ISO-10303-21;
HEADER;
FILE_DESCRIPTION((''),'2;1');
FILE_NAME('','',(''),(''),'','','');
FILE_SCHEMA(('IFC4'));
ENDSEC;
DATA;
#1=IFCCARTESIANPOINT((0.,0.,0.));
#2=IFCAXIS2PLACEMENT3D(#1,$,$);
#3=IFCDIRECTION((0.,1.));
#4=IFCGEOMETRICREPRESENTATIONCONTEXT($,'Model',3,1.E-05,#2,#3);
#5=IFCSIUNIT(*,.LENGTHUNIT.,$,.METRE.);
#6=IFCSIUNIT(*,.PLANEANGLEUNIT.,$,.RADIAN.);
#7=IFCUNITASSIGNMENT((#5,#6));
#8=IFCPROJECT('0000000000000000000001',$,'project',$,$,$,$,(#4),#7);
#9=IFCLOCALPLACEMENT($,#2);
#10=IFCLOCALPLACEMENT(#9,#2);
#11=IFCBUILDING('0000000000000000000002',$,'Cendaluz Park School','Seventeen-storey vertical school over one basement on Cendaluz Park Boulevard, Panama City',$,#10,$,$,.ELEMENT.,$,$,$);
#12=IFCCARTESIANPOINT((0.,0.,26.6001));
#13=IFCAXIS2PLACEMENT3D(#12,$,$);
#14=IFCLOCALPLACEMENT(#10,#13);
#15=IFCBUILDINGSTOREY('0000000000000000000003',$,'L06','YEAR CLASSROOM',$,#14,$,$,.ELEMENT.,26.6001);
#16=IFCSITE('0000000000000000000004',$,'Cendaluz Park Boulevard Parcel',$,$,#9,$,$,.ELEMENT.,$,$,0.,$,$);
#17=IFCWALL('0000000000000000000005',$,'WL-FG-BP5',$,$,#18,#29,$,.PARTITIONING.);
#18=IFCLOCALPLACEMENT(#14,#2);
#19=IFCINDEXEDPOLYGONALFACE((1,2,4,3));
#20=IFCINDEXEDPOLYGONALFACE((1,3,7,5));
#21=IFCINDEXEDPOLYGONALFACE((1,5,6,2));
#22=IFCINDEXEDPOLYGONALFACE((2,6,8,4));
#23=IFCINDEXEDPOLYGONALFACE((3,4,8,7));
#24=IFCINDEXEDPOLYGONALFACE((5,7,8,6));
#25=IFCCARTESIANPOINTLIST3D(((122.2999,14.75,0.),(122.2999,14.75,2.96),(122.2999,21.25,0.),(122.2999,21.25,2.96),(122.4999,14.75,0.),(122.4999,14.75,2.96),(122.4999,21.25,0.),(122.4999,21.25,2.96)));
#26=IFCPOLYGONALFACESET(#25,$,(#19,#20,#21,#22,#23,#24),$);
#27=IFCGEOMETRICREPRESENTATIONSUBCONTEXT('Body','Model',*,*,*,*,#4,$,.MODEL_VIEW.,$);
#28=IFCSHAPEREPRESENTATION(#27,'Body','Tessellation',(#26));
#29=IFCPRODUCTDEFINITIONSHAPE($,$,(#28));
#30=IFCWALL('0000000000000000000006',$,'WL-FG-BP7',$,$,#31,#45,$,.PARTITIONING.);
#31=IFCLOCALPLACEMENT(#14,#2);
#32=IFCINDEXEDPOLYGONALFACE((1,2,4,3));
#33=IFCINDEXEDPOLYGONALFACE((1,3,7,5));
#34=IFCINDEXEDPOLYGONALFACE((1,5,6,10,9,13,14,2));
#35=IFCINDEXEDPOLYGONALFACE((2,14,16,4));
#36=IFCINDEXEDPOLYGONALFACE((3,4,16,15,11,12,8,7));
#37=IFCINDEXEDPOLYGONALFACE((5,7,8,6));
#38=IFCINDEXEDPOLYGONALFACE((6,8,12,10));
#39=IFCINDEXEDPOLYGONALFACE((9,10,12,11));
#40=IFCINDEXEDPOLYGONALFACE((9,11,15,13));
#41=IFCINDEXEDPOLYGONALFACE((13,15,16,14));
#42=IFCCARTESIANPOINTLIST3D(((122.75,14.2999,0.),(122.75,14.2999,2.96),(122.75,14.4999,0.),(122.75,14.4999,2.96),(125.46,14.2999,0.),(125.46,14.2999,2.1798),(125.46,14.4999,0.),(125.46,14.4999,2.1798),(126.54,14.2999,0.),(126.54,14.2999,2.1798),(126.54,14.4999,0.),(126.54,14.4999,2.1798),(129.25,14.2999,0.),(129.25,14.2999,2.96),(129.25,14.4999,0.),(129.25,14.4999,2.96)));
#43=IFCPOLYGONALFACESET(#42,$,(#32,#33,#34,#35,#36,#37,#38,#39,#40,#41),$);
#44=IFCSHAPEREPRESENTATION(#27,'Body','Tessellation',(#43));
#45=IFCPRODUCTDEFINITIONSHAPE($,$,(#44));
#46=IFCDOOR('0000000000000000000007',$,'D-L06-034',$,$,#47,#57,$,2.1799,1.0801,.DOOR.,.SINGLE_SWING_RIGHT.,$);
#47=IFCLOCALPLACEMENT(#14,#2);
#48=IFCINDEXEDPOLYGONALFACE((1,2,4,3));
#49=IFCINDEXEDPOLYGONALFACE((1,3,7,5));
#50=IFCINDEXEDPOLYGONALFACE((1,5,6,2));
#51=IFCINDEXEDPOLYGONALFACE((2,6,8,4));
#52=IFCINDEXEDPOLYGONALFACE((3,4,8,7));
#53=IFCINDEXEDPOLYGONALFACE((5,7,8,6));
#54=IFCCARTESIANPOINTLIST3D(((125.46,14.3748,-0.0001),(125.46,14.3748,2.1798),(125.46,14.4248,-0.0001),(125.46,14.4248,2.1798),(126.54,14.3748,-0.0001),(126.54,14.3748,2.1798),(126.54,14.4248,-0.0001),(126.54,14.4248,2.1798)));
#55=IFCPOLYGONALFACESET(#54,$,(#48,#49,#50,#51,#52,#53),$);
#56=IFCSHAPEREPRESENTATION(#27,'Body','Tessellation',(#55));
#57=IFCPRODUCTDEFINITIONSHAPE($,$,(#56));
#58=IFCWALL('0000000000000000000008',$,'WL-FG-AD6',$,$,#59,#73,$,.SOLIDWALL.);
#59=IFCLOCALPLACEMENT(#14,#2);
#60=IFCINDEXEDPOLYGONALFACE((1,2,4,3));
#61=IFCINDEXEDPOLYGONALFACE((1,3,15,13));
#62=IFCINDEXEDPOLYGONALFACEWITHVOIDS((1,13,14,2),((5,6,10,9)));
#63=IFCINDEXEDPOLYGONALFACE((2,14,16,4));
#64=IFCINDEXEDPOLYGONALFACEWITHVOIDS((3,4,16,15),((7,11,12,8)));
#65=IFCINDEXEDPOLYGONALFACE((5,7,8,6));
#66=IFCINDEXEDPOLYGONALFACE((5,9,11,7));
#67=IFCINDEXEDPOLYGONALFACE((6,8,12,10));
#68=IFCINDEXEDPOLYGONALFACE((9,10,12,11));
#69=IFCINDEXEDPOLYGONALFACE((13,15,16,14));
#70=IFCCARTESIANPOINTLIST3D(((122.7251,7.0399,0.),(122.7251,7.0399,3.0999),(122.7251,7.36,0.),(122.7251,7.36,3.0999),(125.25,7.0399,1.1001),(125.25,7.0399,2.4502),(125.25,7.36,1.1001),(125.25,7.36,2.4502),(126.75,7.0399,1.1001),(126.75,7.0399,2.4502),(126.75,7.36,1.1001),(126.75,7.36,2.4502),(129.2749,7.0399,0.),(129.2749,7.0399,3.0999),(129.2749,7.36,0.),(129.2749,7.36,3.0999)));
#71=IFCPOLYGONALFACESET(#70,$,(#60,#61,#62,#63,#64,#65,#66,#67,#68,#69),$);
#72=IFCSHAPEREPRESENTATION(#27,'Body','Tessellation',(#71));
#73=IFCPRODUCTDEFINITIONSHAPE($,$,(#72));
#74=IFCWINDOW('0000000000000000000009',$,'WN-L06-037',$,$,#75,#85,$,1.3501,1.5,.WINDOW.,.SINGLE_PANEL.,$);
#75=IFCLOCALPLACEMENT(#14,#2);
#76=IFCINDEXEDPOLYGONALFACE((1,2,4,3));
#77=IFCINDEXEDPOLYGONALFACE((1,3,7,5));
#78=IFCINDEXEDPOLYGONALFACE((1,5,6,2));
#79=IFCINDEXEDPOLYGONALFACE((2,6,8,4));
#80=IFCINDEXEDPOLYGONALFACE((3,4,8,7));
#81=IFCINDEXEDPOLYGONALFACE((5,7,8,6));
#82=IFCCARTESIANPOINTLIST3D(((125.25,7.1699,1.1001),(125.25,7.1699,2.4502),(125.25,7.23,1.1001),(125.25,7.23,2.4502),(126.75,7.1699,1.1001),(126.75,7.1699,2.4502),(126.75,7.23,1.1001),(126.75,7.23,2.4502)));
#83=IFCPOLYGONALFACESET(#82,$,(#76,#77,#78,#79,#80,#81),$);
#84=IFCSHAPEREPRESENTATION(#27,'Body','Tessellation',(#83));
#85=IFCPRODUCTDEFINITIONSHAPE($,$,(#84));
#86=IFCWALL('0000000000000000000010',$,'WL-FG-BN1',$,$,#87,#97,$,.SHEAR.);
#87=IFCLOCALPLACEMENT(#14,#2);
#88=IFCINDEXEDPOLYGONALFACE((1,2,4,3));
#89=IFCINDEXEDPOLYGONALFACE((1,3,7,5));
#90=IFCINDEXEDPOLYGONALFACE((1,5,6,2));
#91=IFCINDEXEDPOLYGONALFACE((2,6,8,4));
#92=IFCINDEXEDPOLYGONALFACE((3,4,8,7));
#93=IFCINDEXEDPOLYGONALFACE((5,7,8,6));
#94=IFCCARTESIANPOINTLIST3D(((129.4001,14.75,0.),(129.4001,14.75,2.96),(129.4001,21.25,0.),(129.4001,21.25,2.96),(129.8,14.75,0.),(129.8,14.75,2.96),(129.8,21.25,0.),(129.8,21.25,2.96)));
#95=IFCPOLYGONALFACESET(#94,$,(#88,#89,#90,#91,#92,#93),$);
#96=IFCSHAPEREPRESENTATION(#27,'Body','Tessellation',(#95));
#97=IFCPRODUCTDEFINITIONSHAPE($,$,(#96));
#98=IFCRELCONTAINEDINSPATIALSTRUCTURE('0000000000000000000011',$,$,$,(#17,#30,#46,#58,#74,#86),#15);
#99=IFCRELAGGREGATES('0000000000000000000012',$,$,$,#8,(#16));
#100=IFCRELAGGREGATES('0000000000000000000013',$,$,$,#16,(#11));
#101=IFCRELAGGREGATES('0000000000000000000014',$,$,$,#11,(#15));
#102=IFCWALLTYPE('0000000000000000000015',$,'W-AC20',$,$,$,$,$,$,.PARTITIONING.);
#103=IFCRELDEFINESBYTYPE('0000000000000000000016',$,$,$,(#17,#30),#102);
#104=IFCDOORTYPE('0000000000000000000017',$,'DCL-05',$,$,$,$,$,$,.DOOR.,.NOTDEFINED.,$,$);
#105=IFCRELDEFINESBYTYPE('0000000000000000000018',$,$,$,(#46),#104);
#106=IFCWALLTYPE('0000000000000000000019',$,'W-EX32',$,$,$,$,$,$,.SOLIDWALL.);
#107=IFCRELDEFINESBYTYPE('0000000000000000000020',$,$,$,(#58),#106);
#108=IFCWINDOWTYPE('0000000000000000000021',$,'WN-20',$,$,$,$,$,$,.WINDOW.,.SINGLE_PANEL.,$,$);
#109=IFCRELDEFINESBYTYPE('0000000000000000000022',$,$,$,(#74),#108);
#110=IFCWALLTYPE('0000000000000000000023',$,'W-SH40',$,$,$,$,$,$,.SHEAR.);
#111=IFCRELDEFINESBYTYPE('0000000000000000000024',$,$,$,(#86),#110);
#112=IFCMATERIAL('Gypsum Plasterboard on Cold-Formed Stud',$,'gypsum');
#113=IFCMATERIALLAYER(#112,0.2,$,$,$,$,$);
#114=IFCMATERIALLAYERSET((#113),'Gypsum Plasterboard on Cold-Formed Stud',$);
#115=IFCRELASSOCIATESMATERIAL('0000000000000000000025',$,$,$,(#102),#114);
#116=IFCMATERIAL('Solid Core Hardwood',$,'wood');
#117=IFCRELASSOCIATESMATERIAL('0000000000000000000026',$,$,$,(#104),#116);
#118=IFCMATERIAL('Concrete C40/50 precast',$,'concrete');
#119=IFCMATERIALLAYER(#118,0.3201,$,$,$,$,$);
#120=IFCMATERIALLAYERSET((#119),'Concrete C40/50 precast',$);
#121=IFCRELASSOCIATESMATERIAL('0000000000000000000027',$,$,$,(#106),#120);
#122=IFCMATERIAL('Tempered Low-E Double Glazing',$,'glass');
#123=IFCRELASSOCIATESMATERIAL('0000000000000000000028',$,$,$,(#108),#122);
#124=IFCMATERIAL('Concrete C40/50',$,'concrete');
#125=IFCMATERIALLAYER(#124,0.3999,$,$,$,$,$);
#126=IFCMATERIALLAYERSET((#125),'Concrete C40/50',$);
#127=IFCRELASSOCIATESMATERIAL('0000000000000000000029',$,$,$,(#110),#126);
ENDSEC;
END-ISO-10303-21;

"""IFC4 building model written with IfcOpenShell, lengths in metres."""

from ifc_helpers import new_model, si_unit, direction, frame, frame_2d, origin, place, context, subcontext, project, spatial, rectangle, extrude, material, layer, layer_set, type_object, element, fill, save


model = new_model("IFC4")

# Units and contexts
model_context = context("Model", 3, precision=1e-05, world=origin(), true_north=direction((0.0, 1.0)))
body_context = subcontext(model_context, "Body", "Model", "MODEL_VIEW")
ifc_project = project(units=[si_unit("LENGTHUNIT", "METRE"), si_unit("PLANEANGLEUNIT", "RADIAN")], contexts=[model_context])

# Site, building, storey
site_placement = place(None, origin())
site = spatial("IfcSite", under=ifc_project, at=site_placement, Name="Cendaluz Park Boulevard Parcel", CompositionType="ELEMENT", RefElevation=0.0)
building_placement = place(site_placement, origin())
building = spatial("IfcBuilding", under=site, at=building_placement, Name="Cendaluz Park School", Description="Seventeen-storey vertical school over one basement on Cendaluz Park Boulevard, Panama City", CompositionType="ELEMENT")
storey_placement = place(building_placement, frame((0.0, 0.0, 26.6001)))
storey = spatial("IfcBuildingStorey", under=building, at=storey_placement, Name="L06", Description="YEAR CLASSROOM", CompositionType="ELEMENT", Elevation=26.6001)

# Shared definitions
ifc_material_1 = material(Name="Concrete C40/50", Category="concrete")

# Shared definitions
ifc_material_2 = material(Name="Gypsum Plasterboard on Cold-Formed Stud", Category="gypsum")
ifc_layer_1 = layer(ifc_material_2, 0.2)
ifc_layer_set_1 = layer_set([ifc_layer_1], Name="Gypsum Plasterboard on Cold-Formed Stud")
wall_type_1 = type_object("IfcWallType", Name="W-AC20", PredefinedType="PARTITIONING", material=ifc_layer_set_1)
ifc_material_3 = material(Name="Solid Core Hardwood", Category="wood")

# Wall
wall_1_placement = place(storey_placement, frame((122.3999, 14.75, 0.0), z_axis=(0.0, 0.0, 1.0), x_axis=(0.0, 1.0, 0.0)))
element("IfcWall", 1, at=wall_1_placement, inside=storey, type_object=wall_type_1, Name="WL-FG-BP5", PredefinedType="PARTITIONING", context=body_context, shape_type="SweptSolid", body=[
    extrude(rectangle(XDim=6.5, YDim=0.2, at=frame_2d((3.25, 0.0))), origin(), (0.0, 0.0, 1.0), 2.96),
])

# Wall, opening, door
wall_2_placement = place(storey_placement, frame((122.75, 14.3999, 0.0), z_axis=(0.0, 0.0, 1.0), x_axis=(1.0, 0.0, 0.0)))
wall_2 = element("IfcWall", 2, at=wall_2_placement, inside=storey, type_object=wall_type_1, Name="WL-FG-BP7", PredefinedType="PARTITIONING", context=body_context, shape_type="SweptSolid", body=[
    extrude(rectangle(XDim=6.5, YDim=0.2, at=frame_2d((3.25, 0.0))), origin(), (0.0, 0.0, 1.0), 2.96),
])
opening_1_placement = place(wall_2_placement, frame((2.71, 0.0, 0.0)))
opening_1 = element("IfcOpeningElement", 3, at=opening_1_placement, cuts=wall_2, PredefinedType="OPENING", context=body_context, shape_type="SweptSolid", body=[
    extrude(rectangle(XDim=1.0801, YDim=2.1799, at=frame_2d((0.54, 1.0898))), frame((0.0, 0.1121, 0.0), z_axis=(0.0, -1.0, 0.0), x_axis=(1.0, 0.0, 0.0)), (0.0, 0.0, 1.0), 0.2239),
])
door_type_1 = type_object("IfcDoorType", Name="DCL-05", OperationType="NOTDEFINED", PredefinedType="DOOR", material=ifc_material_3)
door_1_placement = place(opening_1_placement, origin())
door_1 = element("IfcDoor", 4, at=door_1_placement, inside=storey, type_object=door_type_1, Name="D-L06-034", OperationType="SINGLE_SWING_RIGHT", OverallHeight=2.1799, OverallWidth=1.0801, PredefinedType="DOOR", context=body_context, shape_type="SweptSolid", body=[
    extrude(rectangle(XDim=1.0801, YDim=2.1799, at=frame_2d((0.54, 1.0898))), frame((0.0, 0.0249, 0.0), z_axis=(0.0, -1.0, 0.0), x_axis=(1.0, 0.0, 0.0)), (0.0, 0.0, 1.0), 0.05),
])
fill(opening_1, door_1)

# Wall, opening, window
ifc_material_4 = material(Name="Concrete C40/50 precast", Category="concrete")
ifc_layer_2 = layer(ifc_material_4, 0.3201)
ifc_layer_set_2 = layer_set([ifc_layer_2], Name="Concrete C40/50 precast")
wall_type_2 = type_object("IfcWallType", Name="W-EX32", PredefinedType="SOLIDWALL", material=ifc_layer_set_2)
wall_3_placement = place(storey_placement, frame((122.7251, 7.2, 0.0), z_axis=(0.0, 0.0, 1.0), x_axis=(1.0, 0.0, 0.0)))
wall_3 = element("IfcWall", 5, at=wall_3_placement, inside=storey, type_object=wall_type_2, Name="WL-FG-AD6", PredefinedType="SOLIDWALL", context=body_context, shape_type="SweptSolid", body=[
    extrude(rectangle(XDim=6.5498, YDim=0.3201, at=frame_2d((3.2749, 0.0))), origin(), (0.0, 0.0, 1.0), 3.0999),
])
opening_2_placement = place(wall_3_placement, frame((2.5249, 0.0, 1.1001)))
opening_2 = element("IfcOpeningElement", 6, at=opening_2_placement, cuts=wall_3, PredefinedType="OPENING", context=body_context, shape_type="SweptSolid", body=[
    extrude(rectangle(XDim=1.5, YDim=1.3501, at=frame_2d((0.75, 0.675))), frame((0.0, 0.1721, 0.0), z_axis=(0.0, -1.0, 0.0), x_axis=(1.0, 0.0, 0.0)), (0.0, 0.0, 1.0), 0.344),
])
ifc_material_5 = material(Name="Tempered Low-E Double Glazing", Category="glass")
window_type = type_object("IfcWindowType", Name="WN-20", PartitioningType="SINGLE_PANEL", PredefinedType="WINDOW", material=ifc_material_5)
window_placement = place(opening_2_placement, origin())
window = element("IfcWindow", 7, at=window_placement, inside=storey, type_object=window_type, Name="WN-L06-037", OverallHeight=1.3501, OverallWidth=1.5, PartitioningType="SINGLE_PANEL", PredefinedType="WINDOW", context=body_context, shape_type="SweptSolid", body=[
    extrude(rectangle(XDim=1.5, YDim=1.3501, at=frame_2d((0.75, 0.675))), frame((0.0, 0.03, 0.0), z_axis=(0.0, -1.0, 0.0), x_axis=(1.0, 0.0, 0.0)), (0.0, 0.0, 1.0), 0.0601),
])
fill(opening_2, window)

# Wall
ifc_layer_3 = layer(ifc_material_1, 0.3999)
ifc_layer_set_3 = layer_set([ifc_layer_3], Name="Concrete C40/50")
wall_type_3 = type_object("IfcWallType", Name="W-SH40", PredefinedType="SHEAR", material=ifc_layer_set_3)
wall_4_placement = place(storey_placement, frame((129.6001, 14.75, 0.0), z_axis=(0.0, 0.0, 1.0), x_axis=(0.0, 1.0, 0.0)))
element("IfcWall", 8, at=wall_4_placement, inside=storey, type_object=wall_type_3, Name="WL-FG-BN1", PredefinedType="SHEAR", context=body_context, shape_type="SweptSolid", body=[
    extrude(rectangle(XDim=6.5, YDim=0.3999, at=frame_2d((3.25, 0.0))), origin(), (0.0, 0.0, 1.0), 2.96),
])

save(model, "model.ifc")
